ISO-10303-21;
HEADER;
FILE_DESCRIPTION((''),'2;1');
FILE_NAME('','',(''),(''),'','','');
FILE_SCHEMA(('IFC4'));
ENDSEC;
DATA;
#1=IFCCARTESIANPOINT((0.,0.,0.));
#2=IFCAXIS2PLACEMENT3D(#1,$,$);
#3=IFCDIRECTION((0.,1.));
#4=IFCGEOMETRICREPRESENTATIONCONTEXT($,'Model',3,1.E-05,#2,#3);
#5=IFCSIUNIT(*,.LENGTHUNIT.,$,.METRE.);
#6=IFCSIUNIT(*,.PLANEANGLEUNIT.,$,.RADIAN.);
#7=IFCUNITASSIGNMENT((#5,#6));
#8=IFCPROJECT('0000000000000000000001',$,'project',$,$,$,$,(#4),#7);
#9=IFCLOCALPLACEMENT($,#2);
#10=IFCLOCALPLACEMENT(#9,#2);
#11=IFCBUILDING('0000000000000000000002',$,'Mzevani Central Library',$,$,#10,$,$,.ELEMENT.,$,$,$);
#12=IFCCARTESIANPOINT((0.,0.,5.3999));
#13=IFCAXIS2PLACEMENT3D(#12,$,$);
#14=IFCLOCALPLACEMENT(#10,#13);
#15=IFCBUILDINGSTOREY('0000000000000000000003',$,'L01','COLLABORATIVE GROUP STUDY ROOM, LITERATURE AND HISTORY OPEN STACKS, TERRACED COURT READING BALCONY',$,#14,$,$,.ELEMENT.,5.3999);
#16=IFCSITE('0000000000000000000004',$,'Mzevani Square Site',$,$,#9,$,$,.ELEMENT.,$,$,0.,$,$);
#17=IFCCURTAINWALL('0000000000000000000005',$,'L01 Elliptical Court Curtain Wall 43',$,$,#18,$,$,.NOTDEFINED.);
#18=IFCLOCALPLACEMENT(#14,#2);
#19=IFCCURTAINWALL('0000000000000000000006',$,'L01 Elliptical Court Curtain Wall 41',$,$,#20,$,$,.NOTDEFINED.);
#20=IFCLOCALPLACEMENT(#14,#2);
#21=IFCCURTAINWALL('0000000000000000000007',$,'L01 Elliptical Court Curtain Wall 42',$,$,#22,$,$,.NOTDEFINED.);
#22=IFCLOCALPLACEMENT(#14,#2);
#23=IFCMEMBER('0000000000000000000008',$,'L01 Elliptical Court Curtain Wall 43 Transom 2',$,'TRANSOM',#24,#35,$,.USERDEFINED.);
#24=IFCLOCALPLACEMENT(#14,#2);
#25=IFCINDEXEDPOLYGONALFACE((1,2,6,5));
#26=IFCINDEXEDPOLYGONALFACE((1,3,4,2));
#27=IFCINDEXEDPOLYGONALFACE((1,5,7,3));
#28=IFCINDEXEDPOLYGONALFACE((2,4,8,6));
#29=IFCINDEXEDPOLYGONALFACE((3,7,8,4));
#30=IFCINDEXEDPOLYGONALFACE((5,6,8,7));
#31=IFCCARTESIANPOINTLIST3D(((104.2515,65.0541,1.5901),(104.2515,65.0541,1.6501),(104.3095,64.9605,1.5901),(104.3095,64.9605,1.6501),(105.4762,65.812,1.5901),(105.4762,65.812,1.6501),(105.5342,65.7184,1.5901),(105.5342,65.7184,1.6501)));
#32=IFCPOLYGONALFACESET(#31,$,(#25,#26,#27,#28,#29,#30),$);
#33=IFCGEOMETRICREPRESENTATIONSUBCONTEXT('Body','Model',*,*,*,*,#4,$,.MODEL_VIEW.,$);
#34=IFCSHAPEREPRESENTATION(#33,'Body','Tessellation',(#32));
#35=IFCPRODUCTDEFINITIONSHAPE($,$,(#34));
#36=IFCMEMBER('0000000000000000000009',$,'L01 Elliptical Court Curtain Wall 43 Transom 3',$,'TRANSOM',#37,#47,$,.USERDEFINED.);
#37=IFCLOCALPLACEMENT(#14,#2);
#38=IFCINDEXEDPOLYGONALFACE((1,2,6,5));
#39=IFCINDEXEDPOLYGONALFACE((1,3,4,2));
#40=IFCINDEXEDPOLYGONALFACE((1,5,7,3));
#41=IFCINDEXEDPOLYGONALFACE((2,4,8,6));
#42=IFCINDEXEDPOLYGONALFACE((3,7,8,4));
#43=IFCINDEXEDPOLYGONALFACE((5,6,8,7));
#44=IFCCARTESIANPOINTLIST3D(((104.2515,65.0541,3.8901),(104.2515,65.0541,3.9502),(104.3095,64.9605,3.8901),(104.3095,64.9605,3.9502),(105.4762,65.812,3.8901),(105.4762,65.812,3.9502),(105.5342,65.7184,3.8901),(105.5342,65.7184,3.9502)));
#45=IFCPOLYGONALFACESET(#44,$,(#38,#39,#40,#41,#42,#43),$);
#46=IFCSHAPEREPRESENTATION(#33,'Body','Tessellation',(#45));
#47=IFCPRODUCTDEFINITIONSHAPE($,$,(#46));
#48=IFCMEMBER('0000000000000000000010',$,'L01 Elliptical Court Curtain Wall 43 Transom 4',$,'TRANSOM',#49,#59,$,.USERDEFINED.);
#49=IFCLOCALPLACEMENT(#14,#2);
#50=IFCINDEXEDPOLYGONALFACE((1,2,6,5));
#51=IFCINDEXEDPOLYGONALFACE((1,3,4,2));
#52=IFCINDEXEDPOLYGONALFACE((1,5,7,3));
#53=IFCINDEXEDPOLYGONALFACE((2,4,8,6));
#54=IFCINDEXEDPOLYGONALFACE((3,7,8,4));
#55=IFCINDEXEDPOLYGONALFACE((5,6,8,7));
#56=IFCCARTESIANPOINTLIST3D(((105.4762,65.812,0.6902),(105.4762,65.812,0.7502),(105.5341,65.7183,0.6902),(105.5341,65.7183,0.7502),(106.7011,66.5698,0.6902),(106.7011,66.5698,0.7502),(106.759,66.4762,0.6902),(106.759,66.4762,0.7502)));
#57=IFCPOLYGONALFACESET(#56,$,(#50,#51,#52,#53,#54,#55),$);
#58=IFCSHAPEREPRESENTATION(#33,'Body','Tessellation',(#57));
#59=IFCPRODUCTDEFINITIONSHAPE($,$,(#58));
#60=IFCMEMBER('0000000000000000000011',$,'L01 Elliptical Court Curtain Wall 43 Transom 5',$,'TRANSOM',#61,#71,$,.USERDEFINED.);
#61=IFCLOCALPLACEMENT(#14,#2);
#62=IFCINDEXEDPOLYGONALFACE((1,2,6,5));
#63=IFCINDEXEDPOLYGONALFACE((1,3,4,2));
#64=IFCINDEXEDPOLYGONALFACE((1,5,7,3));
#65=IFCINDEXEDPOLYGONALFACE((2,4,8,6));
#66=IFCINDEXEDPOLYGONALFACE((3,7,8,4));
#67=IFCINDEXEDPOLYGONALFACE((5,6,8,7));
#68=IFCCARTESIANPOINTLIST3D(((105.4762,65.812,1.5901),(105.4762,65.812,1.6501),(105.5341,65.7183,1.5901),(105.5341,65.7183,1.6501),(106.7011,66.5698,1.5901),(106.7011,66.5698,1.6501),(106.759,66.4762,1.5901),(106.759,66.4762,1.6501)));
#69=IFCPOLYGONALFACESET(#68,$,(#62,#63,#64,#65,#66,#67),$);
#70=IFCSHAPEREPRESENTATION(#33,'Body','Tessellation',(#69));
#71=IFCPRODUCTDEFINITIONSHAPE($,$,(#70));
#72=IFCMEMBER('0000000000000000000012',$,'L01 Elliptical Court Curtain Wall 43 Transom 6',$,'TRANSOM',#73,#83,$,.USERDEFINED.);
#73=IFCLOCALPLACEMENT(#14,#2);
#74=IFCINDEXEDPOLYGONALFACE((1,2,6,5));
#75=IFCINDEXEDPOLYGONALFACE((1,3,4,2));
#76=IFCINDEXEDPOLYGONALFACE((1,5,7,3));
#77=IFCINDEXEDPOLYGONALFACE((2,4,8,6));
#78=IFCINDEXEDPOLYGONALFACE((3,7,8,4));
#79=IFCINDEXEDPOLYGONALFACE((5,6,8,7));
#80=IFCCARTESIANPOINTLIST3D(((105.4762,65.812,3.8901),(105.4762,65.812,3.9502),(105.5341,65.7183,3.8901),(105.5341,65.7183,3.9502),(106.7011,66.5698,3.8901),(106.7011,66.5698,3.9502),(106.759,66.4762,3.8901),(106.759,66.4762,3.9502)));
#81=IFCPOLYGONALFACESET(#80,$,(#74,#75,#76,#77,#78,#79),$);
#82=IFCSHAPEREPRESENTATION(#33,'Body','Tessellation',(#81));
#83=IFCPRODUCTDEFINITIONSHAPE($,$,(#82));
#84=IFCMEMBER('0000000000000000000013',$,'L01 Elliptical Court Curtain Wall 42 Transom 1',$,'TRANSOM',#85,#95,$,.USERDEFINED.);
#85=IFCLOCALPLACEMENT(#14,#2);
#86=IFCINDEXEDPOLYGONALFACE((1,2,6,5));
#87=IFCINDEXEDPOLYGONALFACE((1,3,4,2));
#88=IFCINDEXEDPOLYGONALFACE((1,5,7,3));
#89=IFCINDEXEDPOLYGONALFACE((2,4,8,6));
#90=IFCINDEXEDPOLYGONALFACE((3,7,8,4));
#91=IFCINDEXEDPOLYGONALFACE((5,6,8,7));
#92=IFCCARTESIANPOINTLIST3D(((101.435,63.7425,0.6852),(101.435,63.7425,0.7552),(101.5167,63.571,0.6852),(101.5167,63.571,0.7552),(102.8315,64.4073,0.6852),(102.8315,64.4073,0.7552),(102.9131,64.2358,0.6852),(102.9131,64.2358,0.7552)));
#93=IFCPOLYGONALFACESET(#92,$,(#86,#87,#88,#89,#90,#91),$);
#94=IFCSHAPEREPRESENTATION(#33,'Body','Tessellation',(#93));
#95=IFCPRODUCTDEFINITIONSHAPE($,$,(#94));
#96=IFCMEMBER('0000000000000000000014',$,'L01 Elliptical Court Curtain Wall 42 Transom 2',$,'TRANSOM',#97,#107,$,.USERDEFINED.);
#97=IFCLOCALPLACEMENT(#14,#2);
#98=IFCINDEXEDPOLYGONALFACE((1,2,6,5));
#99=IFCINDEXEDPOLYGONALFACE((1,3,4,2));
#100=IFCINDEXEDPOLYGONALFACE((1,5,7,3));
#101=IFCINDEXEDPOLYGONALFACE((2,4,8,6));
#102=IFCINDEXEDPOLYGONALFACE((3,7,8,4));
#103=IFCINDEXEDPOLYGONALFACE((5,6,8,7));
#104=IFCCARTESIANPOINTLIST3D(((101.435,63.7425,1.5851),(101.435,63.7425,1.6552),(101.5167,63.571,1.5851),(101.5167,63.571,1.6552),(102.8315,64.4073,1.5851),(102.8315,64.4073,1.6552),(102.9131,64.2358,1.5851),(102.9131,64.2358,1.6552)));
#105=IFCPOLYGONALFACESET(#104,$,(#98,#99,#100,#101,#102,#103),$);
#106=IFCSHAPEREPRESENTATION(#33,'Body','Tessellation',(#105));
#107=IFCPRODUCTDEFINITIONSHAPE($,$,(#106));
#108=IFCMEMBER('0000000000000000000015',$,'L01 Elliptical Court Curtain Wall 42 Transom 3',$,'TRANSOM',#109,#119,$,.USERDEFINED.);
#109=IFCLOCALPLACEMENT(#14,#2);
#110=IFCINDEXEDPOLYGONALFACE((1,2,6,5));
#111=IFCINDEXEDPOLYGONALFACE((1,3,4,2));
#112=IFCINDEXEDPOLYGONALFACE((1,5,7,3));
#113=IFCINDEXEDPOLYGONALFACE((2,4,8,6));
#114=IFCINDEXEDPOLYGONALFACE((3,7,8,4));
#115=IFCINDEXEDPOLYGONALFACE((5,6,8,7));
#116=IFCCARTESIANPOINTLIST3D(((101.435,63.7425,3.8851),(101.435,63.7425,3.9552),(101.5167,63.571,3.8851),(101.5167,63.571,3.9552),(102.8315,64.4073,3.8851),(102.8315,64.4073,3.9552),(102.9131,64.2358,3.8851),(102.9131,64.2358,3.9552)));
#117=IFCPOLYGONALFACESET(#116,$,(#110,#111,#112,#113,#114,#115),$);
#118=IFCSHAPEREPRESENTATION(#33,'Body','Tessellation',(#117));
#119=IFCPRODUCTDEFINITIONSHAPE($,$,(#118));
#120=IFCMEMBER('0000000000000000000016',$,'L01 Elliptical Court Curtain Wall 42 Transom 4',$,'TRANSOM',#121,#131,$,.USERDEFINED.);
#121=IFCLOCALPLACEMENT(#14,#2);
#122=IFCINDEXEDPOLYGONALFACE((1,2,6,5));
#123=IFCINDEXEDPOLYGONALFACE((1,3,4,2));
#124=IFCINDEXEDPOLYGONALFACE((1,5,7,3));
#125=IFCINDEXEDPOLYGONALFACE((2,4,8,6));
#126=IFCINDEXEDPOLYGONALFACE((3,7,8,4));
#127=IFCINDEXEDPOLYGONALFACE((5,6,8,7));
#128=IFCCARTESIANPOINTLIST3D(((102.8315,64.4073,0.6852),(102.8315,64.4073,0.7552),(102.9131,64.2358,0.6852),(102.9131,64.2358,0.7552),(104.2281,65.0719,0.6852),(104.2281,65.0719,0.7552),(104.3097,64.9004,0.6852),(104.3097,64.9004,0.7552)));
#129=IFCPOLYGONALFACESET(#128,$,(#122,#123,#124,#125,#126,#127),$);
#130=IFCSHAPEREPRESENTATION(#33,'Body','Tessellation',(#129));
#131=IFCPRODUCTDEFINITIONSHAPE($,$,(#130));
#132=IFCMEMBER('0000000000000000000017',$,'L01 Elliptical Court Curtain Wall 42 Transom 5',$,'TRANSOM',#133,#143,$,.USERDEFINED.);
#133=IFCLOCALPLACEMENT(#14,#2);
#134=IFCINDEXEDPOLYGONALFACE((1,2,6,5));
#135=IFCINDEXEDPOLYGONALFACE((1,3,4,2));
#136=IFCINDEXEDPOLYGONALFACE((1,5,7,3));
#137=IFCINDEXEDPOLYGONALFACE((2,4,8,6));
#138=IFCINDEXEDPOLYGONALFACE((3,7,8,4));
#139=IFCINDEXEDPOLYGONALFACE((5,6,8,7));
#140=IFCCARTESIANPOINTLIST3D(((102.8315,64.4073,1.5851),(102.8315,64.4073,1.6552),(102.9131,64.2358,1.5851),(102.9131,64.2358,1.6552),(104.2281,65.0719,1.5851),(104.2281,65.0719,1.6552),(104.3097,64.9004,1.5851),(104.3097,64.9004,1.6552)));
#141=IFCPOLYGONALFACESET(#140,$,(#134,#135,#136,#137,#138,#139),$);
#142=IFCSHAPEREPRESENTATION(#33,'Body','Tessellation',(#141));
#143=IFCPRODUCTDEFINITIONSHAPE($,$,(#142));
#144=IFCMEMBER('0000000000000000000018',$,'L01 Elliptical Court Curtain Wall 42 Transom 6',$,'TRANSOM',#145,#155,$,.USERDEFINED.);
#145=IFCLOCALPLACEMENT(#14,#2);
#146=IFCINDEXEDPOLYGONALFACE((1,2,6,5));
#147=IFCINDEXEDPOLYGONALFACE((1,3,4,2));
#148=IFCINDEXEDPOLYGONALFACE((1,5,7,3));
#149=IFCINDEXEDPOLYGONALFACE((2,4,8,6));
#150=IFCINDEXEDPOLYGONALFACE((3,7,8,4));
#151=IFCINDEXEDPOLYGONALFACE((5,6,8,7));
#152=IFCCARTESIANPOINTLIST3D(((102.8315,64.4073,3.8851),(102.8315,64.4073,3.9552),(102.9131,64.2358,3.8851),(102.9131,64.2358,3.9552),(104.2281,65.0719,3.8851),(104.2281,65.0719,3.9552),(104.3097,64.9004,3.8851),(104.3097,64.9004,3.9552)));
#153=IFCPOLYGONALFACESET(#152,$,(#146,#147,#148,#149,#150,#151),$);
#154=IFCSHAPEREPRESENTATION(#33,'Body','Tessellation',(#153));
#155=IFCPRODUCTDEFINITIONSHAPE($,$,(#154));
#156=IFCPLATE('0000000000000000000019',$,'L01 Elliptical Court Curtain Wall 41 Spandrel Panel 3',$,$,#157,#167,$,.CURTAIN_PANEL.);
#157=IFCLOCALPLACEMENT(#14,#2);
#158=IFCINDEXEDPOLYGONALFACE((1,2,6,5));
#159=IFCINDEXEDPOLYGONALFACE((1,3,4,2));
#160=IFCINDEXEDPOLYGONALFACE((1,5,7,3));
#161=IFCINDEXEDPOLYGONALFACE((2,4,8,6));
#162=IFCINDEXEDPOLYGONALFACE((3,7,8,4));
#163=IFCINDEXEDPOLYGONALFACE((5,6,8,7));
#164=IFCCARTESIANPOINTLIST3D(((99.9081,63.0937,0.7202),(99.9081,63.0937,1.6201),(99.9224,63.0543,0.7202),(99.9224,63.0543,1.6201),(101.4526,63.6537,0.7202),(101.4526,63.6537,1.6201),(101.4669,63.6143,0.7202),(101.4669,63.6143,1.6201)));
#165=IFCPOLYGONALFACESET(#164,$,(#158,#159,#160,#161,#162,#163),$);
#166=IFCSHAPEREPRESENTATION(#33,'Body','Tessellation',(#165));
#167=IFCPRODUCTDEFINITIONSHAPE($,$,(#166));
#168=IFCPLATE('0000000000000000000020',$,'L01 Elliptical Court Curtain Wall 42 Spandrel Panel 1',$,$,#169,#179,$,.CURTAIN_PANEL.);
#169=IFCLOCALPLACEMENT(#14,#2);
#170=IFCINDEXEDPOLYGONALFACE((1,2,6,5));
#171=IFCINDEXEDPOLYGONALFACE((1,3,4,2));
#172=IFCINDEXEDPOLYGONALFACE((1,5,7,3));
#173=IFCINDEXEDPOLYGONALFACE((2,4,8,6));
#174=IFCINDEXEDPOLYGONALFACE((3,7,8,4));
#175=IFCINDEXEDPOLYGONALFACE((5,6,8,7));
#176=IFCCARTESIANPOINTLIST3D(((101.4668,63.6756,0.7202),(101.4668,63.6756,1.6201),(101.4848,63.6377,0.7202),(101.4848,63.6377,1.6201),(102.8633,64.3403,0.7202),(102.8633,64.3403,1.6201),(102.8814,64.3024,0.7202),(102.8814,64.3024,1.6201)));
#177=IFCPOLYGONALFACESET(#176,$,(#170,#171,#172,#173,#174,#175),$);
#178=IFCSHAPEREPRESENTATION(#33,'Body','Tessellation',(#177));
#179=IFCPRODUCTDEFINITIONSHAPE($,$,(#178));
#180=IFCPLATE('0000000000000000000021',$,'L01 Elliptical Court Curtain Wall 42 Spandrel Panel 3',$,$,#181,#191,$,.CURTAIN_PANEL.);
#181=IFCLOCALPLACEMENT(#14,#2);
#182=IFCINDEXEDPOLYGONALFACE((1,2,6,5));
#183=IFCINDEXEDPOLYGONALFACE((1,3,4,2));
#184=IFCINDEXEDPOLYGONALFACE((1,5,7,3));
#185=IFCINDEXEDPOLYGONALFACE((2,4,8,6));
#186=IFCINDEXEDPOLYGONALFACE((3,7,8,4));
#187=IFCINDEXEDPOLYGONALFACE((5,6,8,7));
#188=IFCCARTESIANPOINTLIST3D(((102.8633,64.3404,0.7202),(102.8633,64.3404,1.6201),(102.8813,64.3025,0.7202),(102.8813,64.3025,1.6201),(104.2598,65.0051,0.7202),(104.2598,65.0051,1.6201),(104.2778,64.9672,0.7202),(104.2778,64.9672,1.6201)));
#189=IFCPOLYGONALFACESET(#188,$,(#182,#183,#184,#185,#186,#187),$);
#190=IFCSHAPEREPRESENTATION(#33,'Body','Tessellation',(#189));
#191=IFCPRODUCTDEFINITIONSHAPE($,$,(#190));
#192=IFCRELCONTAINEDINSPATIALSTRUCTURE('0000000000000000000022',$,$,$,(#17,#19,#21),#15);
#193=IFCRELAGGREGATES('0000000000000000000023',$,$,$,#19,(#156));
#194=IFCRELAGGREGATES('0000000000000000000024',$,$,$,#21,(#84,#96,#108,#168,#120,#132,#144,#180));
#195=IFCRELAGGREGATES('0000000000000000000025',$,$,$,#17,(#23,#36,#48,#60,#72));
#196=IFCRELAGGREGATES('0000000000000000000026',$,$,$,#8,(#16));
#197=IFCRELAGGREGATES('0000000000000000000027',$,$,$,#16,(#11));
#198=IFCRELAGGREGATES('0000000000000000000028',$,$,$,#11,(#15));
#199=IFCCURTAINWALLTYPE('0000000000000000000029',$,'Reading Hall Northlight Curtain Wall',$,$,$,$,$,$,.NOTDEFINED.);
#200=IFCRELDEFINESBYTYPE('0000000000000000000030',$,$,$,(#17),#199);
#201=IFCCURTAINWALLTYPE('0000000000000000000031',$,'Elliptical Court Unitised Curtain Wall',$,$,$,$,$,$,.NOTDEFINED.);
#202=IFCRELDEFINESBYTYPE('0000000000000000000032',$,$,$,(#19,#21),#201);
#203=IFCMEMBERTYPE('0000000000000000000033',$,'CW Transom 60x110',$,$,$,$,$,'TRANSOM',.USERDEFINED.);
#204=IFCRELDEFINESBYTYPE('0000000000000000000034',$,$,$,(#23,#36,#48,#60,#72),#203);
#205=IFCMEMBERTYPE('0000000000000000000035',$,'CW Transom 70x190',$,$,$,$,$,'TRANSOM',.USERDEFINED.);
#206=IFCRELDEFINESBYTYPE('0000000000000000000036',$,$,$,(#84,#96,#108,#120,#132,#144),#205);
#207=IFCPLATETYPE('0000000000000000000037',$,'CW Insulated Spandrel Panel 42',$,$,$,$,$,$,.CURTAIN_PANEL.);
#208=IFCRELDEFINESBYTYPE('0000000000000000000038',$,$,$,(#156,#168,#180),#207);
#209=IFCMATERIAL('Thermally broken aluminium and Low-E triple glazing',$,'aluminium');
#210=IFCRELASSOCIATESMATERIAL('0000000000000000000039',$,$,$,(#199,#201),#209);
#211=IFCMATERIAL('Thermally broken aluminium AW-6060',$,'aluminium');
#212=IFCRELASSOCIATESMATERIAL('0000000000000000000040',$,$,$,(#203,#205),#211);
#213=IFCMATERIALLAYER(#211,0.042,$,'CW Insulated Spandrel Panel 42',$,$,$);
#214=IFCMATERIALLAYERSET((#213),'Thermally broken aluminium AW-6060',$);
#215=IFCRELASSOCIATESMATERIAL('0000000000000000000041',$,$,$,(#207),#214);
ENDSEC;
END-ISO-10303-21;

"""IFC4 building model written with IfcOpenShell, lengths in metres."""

from ifc_helpers import new_model, si_unit, direction, frame, origin, origin_2d, place, context, subcontext, project, spatial, rectangle, extrude, material, layer, layer_set, material_profile, profile_set, type_object, element, aggregate, save


model = new_model("IFC4")

# Units and contexts
model_context = context("Model", 3, precision=1e-05, world=origin(), true_north=direction((0.0, 1.0)))
body_context = subcontext(model_context, "Body", "Model", "MODEL_VIEW")
ifc_project = project(units=[si_unit("LENGTHUNIT", "METRE"), si_unit("PLANEANGLEUNIT", "RADIAN")], contexts=[model_context])

# Site, building, storey
site_placement = place(None, origin())
site = spatial("IfcSite", under=ifc_project, at=site_placement, Name="Mzevani Square Site", CompositionType="ELEMENT", RefElevation=0.0)
building_placement = place(site_placement, origin())
building = spatial("IfcBuilding", under=site, at=building_placement, Name="Mzevani Central Library", CompositionType="ELEMENT")
storey_placement = place(building_placement, frame((0.0, 0.0, 5.3999)))
storey = spatial("IfcBuildingStorey", under=building, at=storey_placement, Name="L01", Description="COLLABORATIVE GROUP STUDY ROOM, LITERATURE AND HISTORY OPEN STACKS, TERRACED COURT READING BALCONY", CompositionType="ELEMENT", Elevation=5.3999)

# Curtain wall
ifc_material_1 = material(Name="Thermally broken aluminium and Low-E triple glazing", Category="aluminium")
curtain_wall_type_1 = type_object("IfcCurtainWallType", Name="Reading Hall Northlight Curtain Wall", PredefinedType="NOTDEFINED", material=ifc_material_1)
curtain_wall_1_placement = place(storey_placement, origin())
curtain_wall_1 = element("IfcCurtainWall", 1, at=curtain_wall_1_placement, inside=storey, type_object=curtain_wall_type_1, Name="L01 Elliptical Court Curtain Wall 43", PredefinedType="NOTDEFINED")
ifc_material_2 = material(Name="Thermally broken aluminium AW-6060", Category="aluminium")

# Curtain wall
curtain_wall_type_2 = type_object("IfcCurtainWallType", Name="Elliptical Court Unitised Curtain Wall", PredefinedType="NOTDEFINED", material=ifc_material_1)
curtain_wall_2_placement = place(storey_placement, origin())
curtain_wall_2 = element("IfcCurtainWall", 2, at=curtain_wall_2_placement, inside=storey, type_object=curtain_wall_type_2, Name="L01 Elliptical Court Curtain Wall 41", PredefinedType="NOTDEFINED")

# Curtain wall
curtain_wall_3_placement = place(storey_placement, origin())
curtain_wall_3 = element("IfcCurtainWall", 3, at=curtain_wall_3_placement, inside=storey, type_object=curtain_wall_type_2, Name="L01 Elliptical Court Curtain Wall 42", PredefinedType="NOTDEFINED")

# Members
ifc_material_profile_1 = material_profile(ifc_material_2, rectangle(XDim=0.1101, YDim=0.0601, at=origin_2d()), Name="ALU T60x110")
ifc_profile_set_1 = profile_set([ifc_material_profile_1], Name="Thermally broken aluminium AW-6060")
member_type_1 = type_object("IfcMemberType", Name="CW Transom 60x110", ElementType="TRANSOM", PredefinedType="USERDEFINED", material=ifc_profile_set_1)
member_1_placement = place(storey_placement, frame((104.2805, 65.0073, 1.6201), z_axis=(0.850352, 0.526215, 0.0), x_axis=(-0.526215, 0.850352, 0.0)))
member_1 = element("IfcMember", 4, at=member_1_placement, type_object=member_type_1, Name="L01 Elliptical Court Curtain Wall 43 Transom 2", ObjectType="TRANSOM", PredefinedType="USERDEFINED", context=body_context, shape_type="SweptSolid", body=[
    extrude(rectangle(XDim=0.1101, YDim=0.0601, at=origin_2d()), origin(), (0.0, 0.0, 1.0), 1.4402),
])
member_2_placement = place(storey_placement, frame((104.2805, 65.0073, 3.9202), z_axis=(0.850352, 0.526215, 0.0), x_axis=(-0.526215, 0.850352, 0.0)))
member_2 = element("IfcMember", 5, at=member_2_placement, type_object=member_type_1, Name="L01 Elliptical Court Curtain Wall 43 Transom 3", ObjectType="TRANSOM", PredefinedType="USERDEFINED", context=body_context, shape_type="SweptSolid", body=[
    extrude(rectangle(XDim=0.1101, YDim=0.0601, at=origin_2d()), origin(), (0.0, 0.0, 1.0), 1.4402),
])
member_3_placement = place(storey_placement, frame((105.5051, 65.7651, 0.7202), z_axis=(0.850399, 0.526139, 0.0), x_axis=(-0.526139, 0.850399, 0.0)))
member_3 = element("IfcMember", 6, at=member_3_placement, type_object=member_type_1, Name="L01 Elliptical Court Curtain Wall 43 Transom 4", ObjectType="TRANSOM", PredefinedType="USERDEFINED", context=body_context, shape_type="SweptSolid", body=[
    extrude(rectangle(XDim=0.1101, YDim=0.0601, at=origin_2d()), origin(), (0.0, 0.0, 1.0), 1.4404),
])
member_4_placement = place(storey_placement, frame((105.5051, 65.7651, 1.6201), z_axis=(0.850399, 0.526139, 0.0), x_axis=(-0.526139, 0.850399, 0.0)))
member_4 = element("IfcMember", 7, at=member_4_placement, type_object=member_type_1, Name="L01 Elliptical Court Curtain Wall 43 Transom 5", ObjectType="TRANSOM", PredefinedType="USERDEFINED", context=body_context, shape_type="SweptSolid", body=[
    extrude(rectangle(XDim=0.1101, YDim=0.0601, at=origin_2d()), origin(), (0.0, 0.0, 1.0), 1.4404),
])
member_5_placement = place(storey_placement, frame((105.5051, 65.7651, 3.9202), z_axis=(0.850399, 0.526139, 0.0), x_axis=(-0.526139, 0.850399, 0.0)))
member_5 = element("IfcMember", 8, at=member_5_placement, type_object=member_type_1, Name="L01 Elliptical Court Curtain Wall 43 Transom 6", ObjectType="TRANSOM", PredefinedType="USERDEFINED", context=body_context, shape_type="SweptSolid", body=[
    extrude(rectangle(XDim=0.1101, YDim=0.0601, at=origin_2d()), origin(), (0.0, 0.0, 1.0), 1.4404),
])
ifc_material_profile_2 = material_profile(ifc_material_2, rectangle(XDim=0.1899, YDim=0.0701, at=origin_2d()), Name="ALU T70x190")
ifc_profile_set_2 = profile_set([ifc_material_profile_2], Name="Thermally broken aluminium AW-6060")
member_type_2 = type_object("IfcMemberType", Name="CW Transom 70x190", ElementType="TRANSOM", PredefinedType="USERDEFINED", material=ifc_profile_set_2)
member_6_placement = place(storey_placement, frame((101.4758, 63.6567, 0.7202), z_axis=(0.90291, 0.429829, 0.0), x_axis=(-0.429829, 0.90291, 0.0)))
member_6 = element("IfcMember", 9, at=member_6_placement, type_object=member_type_2, Name="L01 Elliptical Court Curtain Wall 42 Transom 1", ObjectType="TRANSOM", PredefinedType="USERDEFINED", context=body_context, shape_type="SweptSolid", body=[
    extrude(rectangle(XDim=0.1899, YDim=0.0701, at=origin_2d()), origin(), (0.0, 0.0, 1.0), 1.5466),
])
member_7_placement = place(storey_placement, frame((101.4758, 63.6567, 1.6201), z_axis=(0.90291, 0.429829, 0.0), x_axis=(-0.429829, 0.90291, 0.0)))
member_7 = element("IfcMember", 10, at=member_7_placement, type_object=member_type_2, Name="L01 Elliptical Court Curtain Wall 42 Transom 2", ObjectType="TRANSOM", PredefinedType="USERDEFINED", context=body_context, shape_type="SweptSolid", body=[
    extrude(rectangle(XDim=0.1899, YDim=0.0701, at=origin_2d()), origin(), (0.0, 0.0, 1.0), 1.5466),
])
member_8_placement = place(storey_placement, frame((101.4758, 63.6567, 3.9202), z_axis=(0.90291, 0.429829, 0.0), x_axis=(-0.429829, 0.90291, 0.0)))
member_8 = element("IfcMember", 11, at=member_8_placement, type_object=member_type_2, Name="L01 Elliptical Court Curtain Wall 42 Transom 3", ObjectType="TRANSOM", PredefinedType="USERDEFINED", context=body_context, shape_type="SweptSolid", body=[
    extrude(rectangle(XDim=0.1899, YDim=0.0701, at=origin_2d()), origin(), (0.0, 0.0, 1.0), 1.5466),
])
member_9_placement = place(storey_placement, frame((102.8723, 64.3215, 0.7202), z_axis=(0.902971, 0.429701, 0.0), x_axis=(-0.429701, 0.902971, 0.0)))
member_9 = element("IfcMember", 12, at=member_9_placement, type_object=member_type_2, Name="L01 Elliptical Court Curtain Wall 42 Transom 4", ObjectType="TRANSOM", PredefinedType="USERDEFINED", context=body_context, shape_type="SweptSolid", body=[
    extrude(rectangle(XDim=0.1899, YDim=0.0701, at=origin_2d()), origin(), (0.0, 0.0, 1.0), 1.5466),
])
member_10_placement = place(storey_placement, frame((102.8723, 64.3215, 1.6201), z_axis=(0.902971, 0.429701, 0.0), x_axis=(-0.429701, 0.902971, 0.0)))
member_10 = element("IfcMember", 13, at=member_10_placement, type_object=member_type_2, Name="L01 Elliptical Court Curtain Wall 42 Transom 5", ObjectType="TRANSOM", PredefinedType="USERDEFINED", context=body_context, shape_type="SweptSolid", body=[
    extrude(rectangle(XDim=0.1899, YDim=0.0701, at=origin_2d()), origin(), (0.0, 0.0, 1.0), 1.5466),
])
member_11_placement = place(storey_placement, frame((102.8723, 64.3215, 3.9202), z_axis=(0.902971, 0.429701, 0.0), x_axis=(-0.429701, 0.902971, 0.0)))
member_11 = element("IfcMember", 14, at=member_11_placement, type_object=member_type_2, Name="L01 Elliptical Court Curtain Wall 42 Transom 6", ObjectType="TRANSOM", PredefinedType="USERDEFINED", context=body_context, shape_type="SweptSolid", body=[
    extrude(rectangle(XDim=0.1899, YDim=0.0701, at=origin_2d()), origin(), (0.0, 0.0, 1.0), 1.5466),
])

# Plates
ifc_layer_1 = layer(ifc_material_2, 0.042, Name="CW Insulated Spandrel Panel 42")
ifc_layer_set_1 = layer_set([ifc_layer_1], Name="Thermally broken aluminium AW-6060")
plate_type_1 = type_object("IfcPlateType", Name="CW Insulated Spandrel Panel 42", PredefinedType="CURTAIN_PANEL", material=ifc_layer_set_1)
plate_1_placement = place(storey_placement, frame((100.6875, 63.354, 0.7202), z_axis=(0.0, 0.0, 1.0), x_axis=(0.940106, 0.340883, 0.0)))
plate_1 = element("IfcPlate", 15, at=plate_1_placement, type_object=plate_type_1, Name="L01 Elliptical Court Curtain Wall 41 Spandrel Panel 3", PredefinedType="CURTAIN_PANEL", context=body_context, shape_type="SweptSolid", body=[
    extrude(rectangle(XDim=1.6428, YDim=0.042, at=origin_2d()), origin(), (0.0, 0.0, 1.0), 0.8999),
])
plate_2_placement = place(storey_placement, frame((102.1741, 63.989, 0.7202), z_axis=(0.0, 0.0, 1.0), x_axis=(0.902949, 0.429748, 0.0)))
plate_2 = element("IfcPlate", 16, at=plate_2_placement, type_object=plate_type_1, Name="L01 Elliptical Court Curtain Wall 42 Spandrel Panel 1", PredefinedType="CURTAIN_PANEL", context=body_context, shape_type="SweptSolid", body=[
    extrude(rectangle(XDim=1.5466, YDim=0.042, at=origin_2d()), origin(), (0.0, 0.0, 1.0), 0.8999),
])
plate_3_placement = place(storey_placement, frame((103.5706, 64.6538, 0.7202), z_axis=(0.0, 0.0, 1.0), x_axis=(0.902949, 0.429748, 0.0)))
plate_3 = element("IfcPlate", 17, at=plate_3_placement, type_object=plate_type_1, Name="L01 Elliptical Court Curtain Wall 42 Spandrel Panel 3", PredefinedType="CURTAIN_PANEL", context=body_context, shape_type="SweptSolid", body=[
    extrude(rectangle(XDim=1.5466, YDim=0.042, at=origin_2d()), origin(), (0.0, 0.0, 1.0), 0.8999),
])
aggregate(curtain_wall_2, [plate_1])
aggregate(curtain_wall_3, [member_6, member_7, member_8, plate_2, member_9, member_10, member_11, plate_3])
aggregate(curtain_wall_1, [member_1, member_2, member_3, member_4, member_5])

save(model, "model.ifc")
